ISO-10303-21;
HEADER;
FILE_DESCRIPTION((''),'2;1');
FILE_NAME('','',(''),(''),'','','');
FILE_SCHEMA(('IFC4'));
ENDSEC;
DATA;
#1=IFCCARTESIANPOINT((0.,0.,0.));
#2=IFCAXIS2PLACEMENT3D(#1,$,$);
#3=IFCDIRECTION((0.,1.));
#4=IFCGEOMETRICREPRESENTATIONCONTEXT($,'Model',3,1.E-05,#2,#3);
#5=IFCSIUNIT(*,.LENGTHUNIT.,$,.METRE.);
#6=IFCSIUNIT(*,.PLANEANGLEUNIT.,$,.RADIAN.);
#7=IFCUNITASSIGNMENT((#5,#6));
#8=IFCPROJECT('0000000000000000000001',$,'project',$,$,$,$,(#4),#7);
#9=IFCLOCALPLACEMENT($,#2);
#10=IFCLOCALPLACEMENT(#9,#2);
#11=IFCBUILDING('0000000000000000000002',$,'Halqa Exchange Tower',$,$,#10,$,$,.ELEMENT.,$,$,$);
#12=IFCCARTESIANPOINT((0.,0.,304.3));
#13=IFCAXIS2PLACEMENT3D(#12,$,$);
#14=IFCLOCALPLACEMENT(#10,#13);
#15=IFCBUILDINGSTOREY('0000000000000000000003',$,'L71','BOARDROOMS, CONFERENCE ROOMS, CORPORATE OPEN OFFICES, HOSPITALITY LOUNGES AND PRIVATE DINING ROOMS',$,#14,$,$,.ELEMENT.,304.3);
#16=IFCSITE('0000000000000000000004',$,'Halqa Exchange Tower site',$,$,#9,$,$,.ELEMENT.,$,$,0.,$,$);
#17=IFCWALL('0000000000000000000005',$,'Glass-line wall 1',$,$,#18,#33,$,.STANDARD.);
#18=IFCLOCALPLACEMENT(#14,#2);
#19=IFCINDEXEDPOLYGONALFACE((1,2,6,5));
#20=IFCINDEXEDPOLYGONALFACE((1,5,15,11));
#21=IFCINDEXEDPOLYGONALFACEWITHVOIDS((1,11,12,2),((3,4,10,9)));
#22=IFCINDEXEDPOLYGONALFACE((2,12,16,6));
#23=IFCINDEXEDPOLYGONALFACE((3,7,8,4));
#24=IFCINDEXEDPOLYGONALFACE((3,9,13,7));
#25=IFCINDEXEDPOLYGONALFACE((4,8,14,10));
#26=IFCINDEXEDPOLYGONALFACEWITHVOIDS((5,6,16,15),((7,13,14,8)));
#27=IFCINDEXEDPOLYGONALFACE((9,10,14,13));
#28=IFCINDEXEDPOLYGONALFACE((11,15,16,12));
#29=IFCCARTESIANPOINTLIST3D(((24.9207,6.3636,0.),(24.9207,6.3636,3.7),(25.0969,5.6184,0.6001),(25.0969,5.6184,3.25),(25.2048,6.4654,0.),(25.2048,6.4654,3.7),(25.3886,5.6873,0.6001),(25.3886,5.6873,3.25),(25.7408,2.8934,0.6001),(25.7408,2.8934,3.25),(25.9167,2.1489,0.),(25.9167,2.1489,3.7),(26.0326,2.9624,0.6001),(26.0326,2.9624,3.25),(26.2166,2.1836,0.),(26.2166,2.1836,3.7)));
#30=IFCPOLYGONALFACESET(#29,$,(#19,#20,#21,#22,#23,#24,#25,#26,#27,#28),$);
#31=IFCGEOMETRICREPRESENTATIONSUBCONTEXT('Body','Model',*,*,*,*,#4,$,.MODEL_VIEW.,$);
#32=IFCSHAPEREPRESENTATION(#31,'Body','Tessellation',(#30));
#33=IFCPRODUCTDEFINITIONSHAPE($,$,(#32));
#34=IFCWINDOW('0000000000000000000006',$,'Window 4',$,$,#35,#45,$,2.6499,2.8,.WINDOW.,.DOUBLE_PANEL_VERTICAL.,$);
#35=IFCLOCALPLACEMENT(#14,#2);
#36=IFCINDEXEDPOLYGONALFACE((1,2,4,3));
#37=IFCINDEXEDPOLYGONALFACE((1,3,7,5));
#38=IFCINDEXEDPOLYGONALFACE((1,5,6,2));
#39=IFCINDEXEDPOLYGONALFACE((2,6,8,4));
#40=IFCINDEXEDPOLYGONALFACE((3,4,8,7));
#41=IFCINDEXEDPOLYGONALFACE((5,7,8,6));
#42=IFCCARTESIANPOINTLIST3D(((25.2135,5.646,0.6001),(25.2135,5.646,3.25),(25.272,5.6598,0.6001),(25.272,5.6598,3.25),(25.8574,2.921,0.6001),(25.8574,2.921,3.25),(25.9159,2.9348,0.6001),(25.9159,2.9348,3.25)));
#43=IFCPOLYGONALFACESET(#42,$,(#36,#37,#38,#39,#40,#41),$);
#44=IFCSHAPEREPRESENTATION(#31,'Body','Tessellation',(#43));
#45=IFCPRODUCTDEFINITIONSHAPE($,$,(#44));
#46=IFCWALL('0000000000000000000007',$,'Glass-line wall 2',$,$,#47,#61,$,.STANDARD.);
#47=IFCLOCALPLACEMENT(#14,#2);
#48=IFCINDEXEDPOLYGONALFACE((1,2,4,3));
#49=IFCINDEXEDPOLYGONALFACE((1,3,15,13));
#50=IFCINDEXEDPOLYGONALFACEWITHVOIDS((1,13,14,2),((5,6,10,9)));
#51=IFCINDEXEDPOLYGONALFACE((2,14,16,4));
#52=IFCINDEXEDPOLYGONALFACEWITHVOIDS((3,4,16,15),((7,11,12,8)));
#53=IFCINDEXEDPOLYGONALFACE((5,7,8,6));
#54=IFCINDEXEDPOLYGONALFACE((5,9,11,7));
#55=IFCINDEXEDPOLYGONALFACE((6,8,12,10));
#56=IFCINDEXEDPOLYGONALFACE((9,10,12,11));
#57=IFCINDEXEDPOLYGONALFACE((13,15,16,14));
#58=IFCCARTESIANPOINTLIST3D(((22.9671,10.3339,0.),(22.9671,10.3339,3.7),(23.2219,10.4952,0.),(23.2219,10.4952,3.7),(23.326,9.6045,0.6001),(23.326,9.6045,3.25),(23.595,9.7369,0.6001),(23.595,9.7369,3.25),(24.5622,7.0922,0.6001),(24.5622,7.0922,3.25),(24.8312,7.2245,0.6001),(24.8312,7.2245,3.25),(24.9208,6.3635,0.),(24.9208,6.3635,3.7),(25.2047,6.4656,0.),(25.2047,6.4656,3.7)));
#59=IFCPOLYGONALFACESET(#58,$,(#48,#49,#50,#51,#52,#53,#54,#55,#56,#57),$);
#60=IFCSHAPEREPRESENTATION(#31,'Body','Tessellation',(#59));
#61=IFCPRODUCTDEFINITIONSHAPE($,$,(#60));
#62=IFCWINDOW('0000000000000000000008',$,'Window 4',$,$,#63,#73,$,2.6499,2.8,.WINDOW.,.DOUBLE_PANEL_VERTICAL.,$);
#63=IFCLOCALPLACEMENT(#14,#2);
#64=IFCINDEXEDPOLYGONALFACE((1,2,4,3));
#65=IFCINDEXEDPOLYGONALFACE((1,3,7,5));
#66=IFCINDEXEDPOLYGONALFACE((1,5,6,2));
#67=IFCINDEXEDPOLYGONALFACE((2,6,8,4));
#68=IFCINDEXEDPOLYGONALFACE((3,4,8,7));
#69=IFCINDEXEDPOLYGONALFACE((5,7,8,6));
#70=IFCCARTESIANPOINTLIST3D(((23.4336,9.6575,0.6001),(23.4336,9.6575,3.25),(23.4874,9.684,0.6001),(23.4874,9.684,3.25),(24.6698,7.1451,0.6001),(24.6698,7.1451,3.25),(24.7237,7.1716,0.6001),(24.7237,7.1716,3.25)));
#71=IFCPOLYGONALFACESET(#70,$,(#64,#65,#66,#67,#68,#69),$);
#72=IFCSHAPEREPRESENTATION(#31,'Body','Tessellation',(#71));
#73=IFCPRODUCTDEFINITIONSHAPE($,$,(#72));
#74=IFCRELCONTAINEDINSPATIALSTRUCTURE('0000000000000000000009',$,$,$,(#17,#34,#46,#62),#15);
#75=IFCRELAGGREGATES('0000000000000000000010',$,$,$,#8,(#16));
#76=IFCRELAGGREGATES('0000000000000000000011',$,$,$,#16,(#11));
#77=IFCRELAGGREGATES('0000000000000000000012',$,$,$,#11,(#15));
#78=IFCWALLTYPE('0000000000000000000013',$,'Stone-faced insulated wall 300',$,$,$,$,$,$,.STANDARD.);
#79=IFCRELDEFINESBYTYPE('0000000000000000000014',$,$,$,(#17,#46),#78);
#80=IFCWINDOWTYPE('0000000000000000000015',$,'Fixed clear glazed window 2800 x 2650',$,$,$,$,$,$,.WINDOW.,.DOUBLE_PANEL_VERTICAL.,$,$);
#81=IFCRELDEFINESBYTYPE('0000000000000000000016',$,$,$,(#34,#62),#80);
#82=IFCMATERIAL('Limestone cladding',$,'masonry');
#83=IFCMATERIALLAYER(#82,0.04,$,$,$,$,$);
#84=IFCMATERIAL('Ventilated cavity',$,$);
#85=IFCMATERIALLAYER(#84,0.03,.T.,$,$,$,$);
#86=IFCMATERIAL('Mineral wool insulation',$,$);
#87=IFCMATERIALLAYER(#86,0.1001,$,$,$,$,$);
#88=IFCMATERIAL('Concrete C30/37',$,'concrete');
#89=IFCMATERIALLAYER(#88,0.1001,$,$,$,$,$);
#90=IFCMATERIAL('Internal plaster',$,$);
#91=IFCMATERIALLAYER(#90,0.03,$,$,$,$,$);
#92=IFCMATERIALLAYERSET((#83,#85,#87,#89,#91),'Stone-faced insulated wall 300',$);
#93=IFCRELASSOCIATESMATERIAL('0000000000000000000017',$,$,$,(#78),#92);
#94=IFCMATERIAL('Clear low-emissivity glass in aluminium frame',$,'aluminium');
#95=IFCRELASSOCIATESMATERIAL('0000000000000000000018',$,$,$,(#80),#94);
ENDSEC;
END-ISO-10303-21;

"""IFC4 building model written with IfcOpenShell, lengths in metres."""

from ifc_helpers import new_model, si_unit, direction, frame, frame_2d, origin, place, context, subcontext, project, spatial, polyline, rectangle, outline, extrude, material, layer, layer_set, type_object, element, fill, save


model = new_model("IFC4")

# Units and contexts
model_context = context("Model", 3, precision=1e-05, world=origin(), true_north=direction((0.0, 1.0)))
body_context = subcontext(model_context, "Body", "Model", "MODEL_VIEW")
ifc_project = project(units=[si_unit("LENGTHUNIT", "METRE"), si_unit("PLANEANGLEUNIT", "RADIAN")], contexts=[model_context])

# Site, building, storey
site_placement = place(None, origin())
site = spatial("IfcSite", under=ifc_project, at=site_placement, Name="Halqa Exchange Tower site", CompositionType="ELEMENT", RefElevation=0.0)
building_placement = place(site_placement, origin())
building = spatial("IfcBuilding", under=site, at=building_placement, Name="Halqa Exchange Tower", CompositionType="ELEMENT")
storey_placement = place(building_placement, frame((0.0, 0.0, 304.3)))
storey = spatial("IfcBuildingStorey", under=building, at=storey_placement, Name="L71", Description="BOARDROOMS, CONFERENCE ROOMS, CORPORATE OPEN OFFICES, HOSPITALITY LOUNGES AND PRIVATE DINING ROOMS", CompositionType="ELEMENT", Elevation=304.3)

# Walls, openings, windows
ifc_material_1 = material(Name="Limestone cladding", Category="masonry")
ifc_layer_1 = layer(ifc_material_1, 0.04)
ifc_material_2 = material(Name="Ventilated cavity")
ifc_layer_2 = layer(ifc_material_2, 0.03, ventilated=True)
ifc_material_3 = material(Name="Mineral wool insulation")
ifc_layer_3 = layer(ifc_material_3, 0.1001)
ifc_material_4 = material(Name="Concrete C30/37", Category="concrete")
ifc_layer_4 = layer(ifc_material_4, 0.1001)
ifc_material_5 = material(Name="Internal plaster")
ifc_layer_5 = layer(ifc_material_5, 0.03)
ifc_layer_set_1 = layer_set([ifc_layer_1, ifc_layer_2, ifc_layer_3, ifc_layer_4, ifc_layer_5], Name="Stone-faced insulated wall 300")
wall_type_1 = type_object("IfcWallType", Name="Stone-faced insulated wall 300", PredefinedType="STANDARD", material=ifc_layer_set_1)
wall_1_placement = place(storey_placement, frame((26.0667, 2.1663, 0.0), z_axis=(0.0, 0.0, 1.0), x_axis=(-0.229974, 0.973197, 0.0)))
wall_1 = element("IfcWall", 1, at=wall_1_placement, inside=storey, type_object=wall_type_1, Name="Glass-line wall 1", PredefinedType="STANDARD", context=body_context, shape_type="SweptSolid", body=[
    extrude(outline(polyline([(-0.0176, -0.1499), (4.3821, -0.1499), (4.3484, 0.1499), (0.0176, 0.1499), (-0.0176, -0.1499)])), origin(), (0.0, 0.0, 1.0), 3.7),
])
opening_1_placement = place(wall_1_placement, frame((0.7827, 0.0, 0.6001)))
opening_1 = element("IfcOpeningElement", 2, at=opening_1_placement, cuts=wall_1, PredefinedType="OPENING", context=body_context, shape_type="SweptSolid", body=[
    extrude(rectangle(XDim=2.8, YDim=2.6499, at=frame_2d((1.3999, 1.325))), frame((0.0, 0.1621, 0.0), z_axis=(0.0, -1.0, 0.0), x_axis=(1.0, 0.0, 0.0)), (0.0, 0.0, 1.0), 0.324),
])
ifc_material_6 = material(Name="Clear low-emissivity glass in aluminium frame", Category="aluminium")
window_type = type_object("IfcWindowType", Name="Fixed clear glazed window 2800 x 2650", PartitioningType="DOUBLE_PANEL_VERTICAL", PredefinedType="WINDOW", material=ifc_material_6)
window_1_placement = place(opening_1_placement, origin())
window_1 = element("IfcWindow", 3, at=window_1_placement, inside=storey, type_object=window_type, Name="Window 4", OverallHeight=2.6499, OverallWidth=2.8, PartitioningType="DOUBLE_PANEL_VERTICAL", PredefinedType="WINDOW", context=body_context, shape_type="SweptSolid", body=[
    extrude(rectangle(XDim=2.8, YDim=2.6499, at=frame_2d((1.3999, 1.325))), frame((0.0, 0.03, 0.0), z_axis=(0.0, -1.0, 0.0), x_axis=(1.0, 0.0, 0.0)), (0.0, 0.0, 1.0), 0.0601),
])
fill(opening_1, window_1)
wall_2_placement = place(storey_placement, frame((25.0627, 6.4146, 0.0), z_axis=(0.0, 0.0, 1.0), x_axis=(-0.441509, 0.897257, 0.0)))
wall_2 = element("IfcWall", 4, at=wall_2_placement, inside=storey, type_object=wall_type_1, Name="Glass-line wall 2", PredefinedType="STANDARD", context=body_context, shape_type="SweptSolid", body=[
    extrude(outline(polyline([(-0.0168, -0.1499), (4.4741, -0.1499), (4.4419, 0.1499), (0.0168, 0.1499), (-0.0168, -0.1499)])), origin(), (0.0, 0.0, 1.0), 3.7),
])
opening_2_placement = place(wall_2_placement, frame((0.8291, 0.0, 0.6001)))
opening_2 = element("IfcOpeningElement", 5, at=opening_2_placement, cuts=wall_2, PredefinedType="OPENING", context=body_context, shape_type="SweptSolid", body=[
    extrude(rectangle(XDim=2.8, YDim=2.6499, at=frame_2d((1.3999, 1.325))), frame((0.0, 0.1621, 0.0), z_axis=(0.0, -1.0, 0.0), x_axis=(1.0, 0.0, 0.0)), (0.0, 0.0, 1.0), 0.324),
])
window_2_placement = place(opening_2_placement, origin())
window_2 = element("IfcWindow", 6, at=window_2_placement, inside=storey, type_object=window_type, Name="Window 4", OverallHeight=2.6499, OverallWidth=2.8, PartitioningType="DOUBLE_PANEL_VERTICAL", PredefinedType="WINDOW", context=body_context, shape_type="SweptSolid", body=[
    extrude(rectangle(XDim=2.8, YDim=2.6499, at=frame_2d((1.3999, 1.325))), frame((0.0, 0.03, 0.0), z_axis=(0.0, -1.0, 0.0), x_axis=(1.0, 0.0, 0.0)), (0.0, 0.0, 1.0), 0.0601),
])
fill(opening_2, window_2)

save(model, "model.ifc")
